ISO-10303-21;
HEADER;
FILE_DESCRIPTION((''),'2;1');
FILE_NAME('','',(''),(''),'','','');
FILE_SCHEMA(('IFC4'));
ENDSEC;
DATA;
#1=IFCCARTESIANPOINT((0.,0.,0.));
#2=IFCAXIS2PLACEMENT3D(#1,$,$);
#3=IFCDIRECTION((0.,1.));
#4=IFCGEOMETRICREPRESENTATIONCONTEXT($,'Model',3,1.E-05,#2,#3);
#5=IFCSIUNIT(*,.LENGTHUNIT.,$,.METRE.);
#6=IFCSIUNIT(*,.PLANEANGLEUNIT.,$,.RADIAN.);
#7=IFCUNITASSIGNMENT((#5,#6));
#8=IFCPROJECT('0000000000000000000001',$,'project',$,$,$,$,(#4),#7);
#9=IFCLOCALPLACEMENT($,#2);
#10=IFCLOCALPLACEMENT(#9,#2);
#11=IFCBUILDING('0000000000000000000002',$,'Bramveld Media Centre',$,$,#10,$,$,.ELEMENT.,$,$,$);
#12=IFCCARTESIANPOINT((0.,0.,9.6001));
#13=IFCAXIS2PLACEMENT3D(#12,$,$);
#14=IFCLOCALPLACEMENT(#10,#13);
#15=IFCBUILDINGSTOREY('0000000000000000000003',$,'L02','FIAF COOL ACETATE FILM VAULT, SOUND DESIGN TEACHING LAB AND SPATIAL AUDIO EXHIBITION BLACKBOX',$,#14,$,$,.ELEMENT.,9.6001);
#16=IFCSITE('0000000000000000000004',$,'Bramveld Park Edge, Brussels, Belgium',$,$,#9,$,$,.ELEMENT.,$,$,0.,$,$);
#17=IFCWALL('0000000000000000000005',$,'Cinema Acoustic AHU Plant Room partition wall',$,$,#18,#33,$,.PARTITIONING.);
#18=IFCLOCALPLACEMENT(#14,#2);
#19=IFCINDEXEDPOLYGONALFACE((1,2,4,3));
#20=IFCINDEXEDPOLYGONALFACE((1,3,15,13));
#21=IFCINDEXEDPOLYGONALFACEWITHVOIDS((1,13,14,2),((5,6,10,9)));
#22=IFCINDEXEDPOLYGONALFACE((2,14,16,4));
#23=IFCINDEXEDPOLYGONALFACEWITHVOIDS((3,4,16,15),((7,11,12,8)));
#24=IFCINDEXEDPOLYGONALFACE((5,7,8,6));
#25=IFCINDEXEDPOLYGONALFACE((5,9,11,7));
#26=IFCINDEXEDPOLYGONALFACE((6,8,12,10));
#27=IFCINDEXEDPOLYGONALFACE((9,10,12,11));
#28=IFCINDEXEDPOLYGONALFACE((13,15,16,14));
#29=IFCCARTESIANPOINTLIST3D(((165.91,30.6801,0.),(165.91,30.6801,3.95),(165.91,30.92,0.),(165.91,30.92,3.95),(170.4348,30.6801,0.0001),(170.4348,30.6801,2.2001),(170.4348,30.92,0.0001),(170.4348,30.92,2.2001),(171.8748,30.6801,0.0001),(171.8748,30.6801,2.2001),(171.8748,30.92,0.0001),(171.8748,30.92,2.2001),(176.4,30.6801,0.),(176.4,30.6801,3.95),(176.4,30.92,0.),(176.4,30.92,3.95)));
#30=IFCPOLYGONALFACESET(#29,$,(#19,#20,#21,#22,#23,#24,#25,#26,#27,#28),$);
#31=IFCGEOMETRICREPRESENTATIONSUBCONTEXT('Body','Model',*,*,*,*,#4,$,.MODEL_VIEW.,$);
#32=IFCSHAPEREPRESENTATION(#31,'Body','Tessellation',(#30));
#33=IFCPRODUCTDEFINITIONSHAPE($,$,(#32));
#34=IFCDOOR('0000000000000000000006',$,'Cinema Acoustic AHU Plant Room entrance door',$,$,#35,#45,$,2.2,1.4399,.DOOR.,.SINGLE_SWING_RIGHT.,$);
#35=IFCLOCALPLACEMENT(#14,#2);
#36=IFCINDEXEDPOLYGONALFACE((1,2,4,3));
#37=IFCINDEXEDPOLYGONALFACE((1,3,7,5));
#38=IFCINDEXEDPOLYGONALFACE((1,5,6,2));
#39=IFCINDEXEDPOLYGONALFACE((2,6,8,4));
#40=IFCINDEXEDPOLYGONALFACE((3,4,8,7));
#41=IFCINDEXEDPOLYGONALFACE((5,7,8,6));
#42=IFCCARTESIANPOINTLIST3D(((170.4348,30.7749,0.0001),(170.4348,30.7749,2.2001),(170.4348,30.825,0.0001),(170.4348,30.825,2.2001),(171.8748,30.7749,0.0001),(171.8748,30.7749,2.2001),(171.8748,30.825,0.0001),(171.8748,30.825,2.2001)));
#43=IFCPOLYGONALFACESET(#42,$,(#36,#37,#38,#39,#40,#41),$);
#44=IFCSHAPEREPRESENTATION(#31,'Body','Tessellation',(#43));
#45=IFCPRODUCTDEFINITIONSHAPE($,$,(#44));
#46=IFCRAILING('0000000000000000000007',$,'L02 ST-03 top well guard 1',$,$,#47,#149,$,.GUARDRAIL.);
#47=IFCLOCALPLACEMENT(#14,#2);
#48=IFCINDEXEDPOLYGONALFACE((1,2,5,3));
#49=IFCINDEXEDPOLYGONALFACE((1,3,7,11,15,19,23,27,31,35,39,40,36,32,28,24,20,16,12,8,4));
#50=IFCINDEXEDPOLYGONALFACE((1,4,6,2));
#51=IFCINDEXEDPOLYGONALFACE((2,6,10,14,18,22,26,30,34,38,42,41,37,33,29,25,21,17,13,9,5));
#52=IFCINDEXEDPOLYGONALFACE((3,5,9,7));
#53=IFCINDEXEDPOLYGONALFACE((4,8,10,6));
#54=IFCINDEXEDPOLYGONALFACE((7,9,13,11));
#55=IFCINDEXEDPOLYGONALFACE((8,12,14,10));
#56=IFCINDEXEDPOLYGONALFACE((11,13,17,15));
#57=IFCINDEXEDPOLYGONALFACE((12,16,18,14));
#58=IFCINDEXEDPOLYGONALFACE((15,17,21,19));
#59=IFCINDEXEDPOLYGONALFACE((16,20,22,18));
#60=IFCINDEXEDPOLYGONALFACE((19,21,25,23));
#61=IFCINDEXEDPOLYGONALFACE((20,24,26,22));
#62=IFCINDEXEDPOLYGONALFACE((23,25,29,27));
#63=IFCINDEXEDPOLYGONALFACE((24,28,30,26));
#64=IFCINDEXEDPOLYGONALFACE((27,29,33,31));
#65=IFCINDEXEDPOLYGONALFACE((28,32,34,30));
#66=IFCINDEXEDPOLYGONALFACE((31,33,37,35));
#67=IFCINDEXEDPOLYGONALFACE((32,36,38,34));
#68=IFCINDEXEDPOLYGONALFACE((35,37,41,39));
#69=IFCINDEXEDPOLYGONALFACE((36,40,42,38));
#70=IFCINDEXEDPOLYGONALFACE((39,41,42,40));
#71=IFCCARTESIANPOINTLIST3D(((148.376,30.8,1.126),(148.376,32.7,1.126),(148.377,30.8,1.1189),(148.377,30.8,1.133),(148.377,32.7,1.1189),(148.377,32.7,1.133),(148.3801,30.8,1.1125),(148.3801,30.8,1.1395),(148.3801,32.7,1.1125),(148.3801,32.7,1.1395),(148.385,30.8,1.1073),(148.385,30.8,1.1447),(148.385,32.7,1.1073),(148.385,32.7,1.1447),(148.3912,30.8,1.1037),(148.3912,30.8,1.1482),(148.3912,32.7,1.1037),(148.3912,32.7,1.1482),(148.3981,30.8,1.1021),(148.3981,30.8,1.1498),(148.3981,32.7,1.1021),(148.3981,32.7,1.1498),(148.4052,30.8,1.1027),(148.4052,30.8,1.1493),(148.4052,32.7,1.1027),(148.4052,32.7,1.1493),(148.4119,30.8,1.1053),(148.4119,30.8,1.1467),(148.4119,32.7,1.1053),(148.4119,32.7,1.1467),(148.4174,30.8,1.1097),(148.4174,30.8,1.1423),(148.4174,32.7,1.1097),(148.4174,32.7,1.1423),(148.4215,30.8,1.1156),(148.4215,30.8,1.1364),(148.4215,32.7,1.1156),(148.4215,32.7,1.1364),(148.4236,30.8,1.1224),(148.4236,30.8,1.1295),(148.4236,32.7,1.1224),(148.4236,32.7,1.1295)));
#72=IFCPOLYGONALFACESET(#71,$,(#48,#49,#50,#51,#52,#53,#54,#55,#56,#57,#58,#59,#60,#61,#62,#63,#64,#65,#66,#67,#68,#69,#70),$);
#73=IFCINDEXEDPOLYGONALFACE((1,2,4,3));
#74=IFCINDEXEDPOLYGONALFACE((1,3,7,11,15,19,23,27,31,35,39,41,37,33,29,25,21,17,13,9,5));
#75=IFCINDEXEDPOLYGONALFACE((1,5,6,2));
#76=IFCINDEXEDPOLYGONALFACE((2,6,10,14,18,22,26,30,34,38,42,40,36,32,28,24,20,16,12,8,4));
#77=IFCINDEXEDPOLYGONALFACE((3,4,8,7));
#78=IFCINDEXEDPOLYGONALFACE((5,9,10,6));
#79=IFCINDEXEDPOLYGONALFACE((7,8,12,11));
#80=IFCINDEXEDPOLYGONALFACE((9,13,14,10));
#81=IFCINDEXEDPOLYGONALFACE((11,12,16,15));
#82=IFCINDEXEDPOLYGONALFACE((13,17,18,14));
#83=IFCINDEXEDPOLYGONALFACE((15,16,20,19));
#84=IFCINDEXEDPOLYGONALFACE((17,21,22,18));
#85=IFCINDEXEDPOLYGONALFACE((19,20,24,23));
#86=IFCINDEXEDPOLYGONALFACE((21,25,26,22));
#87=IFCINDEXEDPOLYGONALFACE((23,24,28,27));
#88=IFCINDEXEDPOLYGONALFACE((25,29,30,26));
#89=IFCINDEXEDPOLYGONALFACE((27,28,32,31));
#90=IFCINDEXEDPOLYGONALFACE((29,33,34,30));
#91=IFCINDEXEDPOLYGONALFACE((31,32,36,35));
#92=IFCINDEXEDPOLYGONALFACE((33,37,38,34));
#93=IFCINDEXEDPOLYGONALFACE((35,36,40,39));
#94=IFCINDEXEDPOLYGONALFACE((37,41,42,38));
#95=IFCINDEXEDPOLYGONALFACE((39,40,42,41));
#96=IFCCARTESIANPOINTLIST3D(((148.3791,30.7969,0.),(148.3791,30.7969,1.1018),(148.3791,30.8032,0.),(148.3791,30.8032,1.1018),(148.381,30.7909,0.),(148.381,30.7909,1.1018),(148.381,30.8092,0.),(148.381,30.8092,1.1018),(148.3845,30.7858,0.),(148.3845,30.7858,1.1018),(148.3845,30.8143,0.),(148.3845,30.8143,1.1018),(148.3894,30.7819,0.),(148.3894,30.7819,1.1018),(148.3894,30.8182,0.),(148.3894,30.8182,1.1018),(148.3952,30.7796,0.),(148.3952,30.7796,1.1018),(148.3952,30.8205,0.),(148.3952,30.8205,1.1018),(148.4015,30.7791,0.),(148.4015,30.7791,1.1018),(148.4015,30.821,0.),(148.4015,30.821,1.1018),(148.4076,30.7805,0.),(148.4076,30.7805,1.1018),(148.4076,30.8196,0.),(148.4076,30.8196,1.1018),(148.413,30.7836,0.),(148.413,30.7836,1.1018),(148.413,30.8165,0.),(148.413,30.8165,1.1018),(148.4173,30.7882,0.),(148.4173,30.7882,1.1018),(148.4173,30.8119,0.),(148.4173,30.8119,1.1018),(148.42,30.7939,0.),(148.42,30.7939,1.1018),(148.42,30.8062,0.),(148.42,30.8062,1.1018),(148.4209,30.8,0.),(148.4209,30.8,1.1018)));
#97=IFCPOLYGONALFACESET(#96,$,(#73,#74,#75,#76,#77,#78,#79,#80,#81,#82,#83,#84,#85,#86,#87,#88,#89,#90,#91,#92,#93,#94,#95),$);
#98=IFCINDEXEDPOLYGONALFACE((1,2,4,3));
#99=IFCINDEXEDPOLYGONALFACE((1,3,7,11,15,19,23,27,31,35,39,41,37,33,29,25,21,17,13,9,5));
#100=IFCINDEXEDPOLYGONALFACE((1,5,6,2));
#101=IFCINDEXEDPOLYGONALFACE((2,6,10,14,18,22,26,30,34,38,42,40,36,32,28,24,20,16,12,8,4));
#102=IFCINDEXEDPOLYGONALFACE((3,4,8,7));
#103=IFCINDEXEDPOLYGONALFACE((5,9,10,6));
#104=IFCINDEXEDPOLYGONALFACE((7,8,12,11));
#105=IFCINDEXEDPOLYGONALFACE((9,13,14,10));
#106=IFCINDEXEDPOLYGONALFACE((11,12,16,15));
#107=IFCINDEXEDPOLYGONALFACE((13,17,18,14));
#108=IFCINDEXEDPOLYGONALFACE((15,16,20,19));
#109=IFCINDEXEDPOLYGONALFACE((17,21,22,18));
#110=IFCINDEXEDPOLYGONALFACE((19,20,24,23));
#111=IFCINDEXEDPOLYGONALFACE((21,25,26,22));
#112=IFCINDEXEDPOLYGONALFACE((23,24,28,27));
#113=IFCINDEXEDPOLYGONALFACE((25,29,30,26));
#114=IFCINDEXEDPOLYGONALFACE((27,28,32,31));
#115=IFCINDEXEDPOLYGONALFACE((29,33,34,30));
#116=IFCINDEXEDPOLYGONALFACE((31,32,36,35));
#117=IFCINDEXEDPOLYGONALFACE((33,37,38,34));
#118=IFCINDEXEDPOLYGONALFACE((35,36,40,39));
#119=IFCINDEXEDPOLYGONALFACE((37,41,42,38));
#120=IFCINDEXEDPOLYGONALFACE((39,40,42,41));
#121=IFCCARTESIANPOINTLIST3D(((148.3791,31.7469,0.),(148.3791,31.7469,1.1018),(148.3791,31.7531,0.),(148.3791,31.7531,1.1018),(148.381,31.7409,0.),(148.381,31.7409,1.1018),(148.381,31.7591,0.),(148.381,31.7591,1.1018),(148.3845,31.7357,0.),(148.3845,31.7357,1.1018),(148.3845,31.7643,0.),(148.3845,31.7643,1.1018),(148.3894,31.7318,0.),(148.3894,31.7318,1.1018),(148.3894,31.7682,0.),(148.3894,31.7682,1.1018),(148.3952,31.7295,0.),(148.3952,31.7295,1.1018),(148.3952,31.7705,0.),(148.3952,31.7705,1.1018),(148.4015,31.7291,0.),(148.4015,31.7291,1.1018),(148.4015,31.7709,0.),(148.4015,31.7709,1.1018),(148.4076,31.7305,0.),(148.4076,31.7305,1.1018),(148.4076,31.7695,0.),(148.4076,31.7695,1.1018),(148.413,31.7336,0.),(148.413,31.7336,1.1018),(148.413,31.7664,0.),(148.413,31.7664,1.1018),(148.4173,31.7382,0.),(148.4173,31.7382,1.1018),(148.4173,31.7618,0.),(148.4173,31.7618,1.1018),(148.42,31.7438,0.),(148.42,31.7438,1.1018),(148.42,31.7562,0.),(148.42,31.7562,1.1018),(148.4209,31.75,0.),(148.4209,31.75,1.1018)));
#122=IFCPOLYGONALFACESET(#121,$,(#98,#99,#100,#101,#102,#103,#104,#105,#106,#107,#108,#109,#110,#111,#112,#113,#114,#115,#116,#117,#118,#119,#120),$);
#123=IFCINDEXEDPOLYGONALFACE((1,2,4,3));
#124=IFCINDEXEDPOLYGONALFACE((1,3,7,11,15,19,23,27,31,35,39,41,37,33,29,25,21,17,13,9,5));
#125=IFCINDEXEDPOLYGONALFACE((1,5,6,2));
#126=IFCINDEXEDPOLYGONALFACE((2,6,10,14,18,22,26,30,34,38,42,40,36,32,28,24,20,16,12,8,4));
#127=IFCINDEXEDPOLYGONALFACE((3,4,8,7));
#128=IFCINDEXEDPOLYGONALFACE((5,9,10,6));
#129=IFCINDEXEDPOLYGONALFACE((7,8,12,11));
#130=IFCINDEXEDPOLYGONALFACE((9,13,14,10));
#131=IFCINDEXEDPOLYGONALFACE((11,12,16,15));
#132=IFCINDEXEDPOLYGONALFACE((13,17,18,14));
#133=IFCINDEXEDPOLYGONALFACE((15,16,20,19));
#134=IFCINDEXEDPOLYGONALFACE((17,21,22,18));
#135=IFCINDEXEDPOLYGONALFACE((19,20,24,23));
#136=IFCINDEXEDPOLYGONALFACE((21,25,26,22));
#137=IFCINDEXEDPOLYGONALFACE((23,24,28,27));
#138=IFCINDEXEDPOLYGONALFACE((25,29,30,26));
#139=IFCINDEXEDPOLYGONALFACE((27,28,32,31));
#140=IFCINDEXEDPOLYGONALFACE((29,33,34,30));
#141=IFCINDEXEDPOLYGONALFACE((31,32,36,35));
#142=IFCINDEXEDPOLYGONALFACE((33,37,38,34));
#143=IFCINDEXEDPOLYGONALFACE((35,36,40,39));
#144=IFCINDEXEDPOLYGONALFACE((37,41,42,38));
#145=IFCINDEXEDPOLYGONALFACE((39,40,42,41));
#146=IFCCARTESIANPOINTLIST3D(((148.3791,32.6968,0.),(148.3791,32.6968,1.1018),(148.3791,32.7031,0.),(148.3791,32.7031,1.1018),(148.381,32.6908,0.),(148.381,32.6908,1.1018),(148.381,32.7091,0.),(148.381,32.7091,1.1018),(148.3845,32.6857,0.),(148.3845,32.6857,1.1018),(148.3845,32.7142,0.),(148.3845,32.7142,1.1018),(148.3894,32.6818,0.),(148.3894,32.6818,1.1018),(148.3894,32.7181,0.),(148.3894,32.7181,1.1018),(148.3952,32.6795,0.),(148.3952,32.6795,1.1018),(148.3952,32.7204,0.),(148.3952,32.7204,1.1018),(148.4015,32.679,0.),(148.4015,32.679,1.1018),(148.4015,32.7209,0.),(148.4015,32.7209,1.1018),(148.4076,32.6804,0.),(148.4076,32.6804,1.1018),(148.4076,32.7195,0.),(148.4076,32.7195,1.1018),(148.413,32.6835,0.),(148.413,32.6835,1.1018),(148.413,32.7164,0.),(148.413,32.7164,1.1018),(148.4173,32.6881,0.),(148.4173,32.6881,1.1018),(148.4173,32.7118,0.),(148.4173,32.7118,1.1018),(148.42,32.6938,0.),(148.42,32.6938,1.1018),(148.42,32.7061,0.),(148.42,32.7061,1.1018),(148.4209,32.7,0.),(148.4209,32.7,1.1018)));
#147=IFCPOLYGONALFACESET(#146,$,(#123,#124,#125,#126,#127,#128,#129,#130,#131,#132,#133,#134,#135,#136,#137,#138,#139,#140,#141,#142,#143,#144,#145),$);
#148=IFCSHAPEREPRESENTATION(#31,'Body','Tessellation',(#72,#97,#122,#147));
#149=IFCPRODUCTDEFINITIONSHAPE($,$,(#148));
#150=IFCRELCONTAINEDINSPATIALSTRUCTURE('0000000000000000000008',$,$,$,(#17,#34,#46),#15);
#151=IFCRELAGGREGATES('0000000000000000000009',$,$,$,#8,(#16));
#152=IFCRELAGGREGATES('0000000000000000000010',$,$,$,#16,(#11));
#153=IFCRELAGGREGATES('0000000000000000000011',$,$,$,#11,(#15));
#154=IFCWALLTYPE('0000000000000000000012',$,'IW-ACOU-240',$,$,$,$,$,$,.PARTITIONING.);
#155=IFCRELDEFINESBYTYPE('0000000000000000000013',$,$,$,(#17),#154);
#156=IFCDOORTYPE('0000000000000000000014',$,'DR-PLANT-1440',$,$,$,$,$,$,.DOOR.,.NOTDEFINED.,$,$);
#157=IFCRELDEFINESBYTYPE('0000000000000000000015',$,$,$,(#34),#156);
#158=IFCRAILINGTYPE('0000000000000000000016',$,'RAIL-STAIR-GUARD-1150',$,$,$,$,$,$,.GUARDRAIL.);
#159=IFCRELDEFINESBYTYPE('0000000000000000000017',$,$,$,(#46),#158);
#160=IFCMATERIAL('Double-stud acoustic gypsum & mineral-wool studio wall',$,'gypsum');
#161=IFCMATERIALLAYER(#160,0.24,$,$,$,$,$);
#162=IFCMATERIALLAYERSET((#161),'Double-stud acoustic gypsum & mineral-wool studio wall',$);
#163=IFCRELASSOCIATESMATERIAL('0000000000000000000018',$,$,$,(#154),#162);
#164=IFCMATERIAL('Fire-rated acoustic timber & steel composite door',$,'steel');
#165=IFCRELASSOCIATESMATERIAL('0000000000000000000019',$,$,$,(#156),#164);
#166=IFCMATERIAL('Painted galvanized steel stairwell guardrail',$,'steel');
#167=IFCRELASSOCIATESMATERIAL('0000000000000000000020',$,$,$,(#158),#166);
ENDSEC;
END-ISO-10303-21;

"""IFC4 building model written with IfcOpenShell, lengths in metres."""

from ifc_helpers import new_model, si_unit, direction, frame, frame_2d, origin, origin_2d, place, context, subcontext, project, spatial, rectangle, circle, extrude, material, layer, layer_set, type_object, element, fill, save


model = new_model("IFC4")

# Units and contexts
model_context = context("Model", 3, precision=1e-05, world=origin(), true_north=direction((0.0, 1.0)))
body_context = subcontext(model_context, "Body", "Model", "MODEL_VIEW")
ifc_project = project(units=[si_unit("LENGTHUNIT", "METRE"), si_unit("PLANEANGLEUNIT", "RADIAN")], contexts=[model_context])

# Site, building, storey
site_placement = place(None, origin())
site = spatial("IfcSite", under=ifc_project, at=site_placement, Name="Bramveld Park Edge, Brussels, Belgium", CompositionType="ELEMENT", RefElevation=0.0)
building_placement = place(site_placement, origin())
building = spatial("IfcBuilding", under=site, at=building_placement, Name="Bramveld Media Centre", CompositionType="ELEMENT")
storey_placement = place(building_placement, frame((0.0, 0.0, 9.6001)))
storey = spatial("IfcBuildingStorey", under=building, at=storey_placement, Name="L02", Description="FIAF COOL ACETATE FILM VAULT, SOUND DESIGN TEACHING LAB AND SPATIAL AUDIO EXHIBITION BLACKBOX", CompositionType="ELEMENT", Elevation=9.6001)

# Wall, opening, door
ifc_material_1 = material(Name="Double-stud acoustic gypsum & mineral-wool studio wall", Category="gypsum")
ifc_layer_1 = layer(ifc_material_1, 0.24)
ifc_layer_set_1 = layer_set([ifc_layer_1], Name="Double-stud acoustic gypsum & mineral-wool studio wall")
wall_type_1 = type_object("IfcWallType", Name="IW-ACOU-240", PredefinedType="PARTITIONING", material=ifc_layer_set_1)
wall_1_placement = place(storey_placement, frame((165.9099, 30.8, 0.0), z_axis=(0.0, 0.0, 1.0), x_axis=(1.0, 0.0, 0.0)))
wall_1 = element("IfcWall", 1, at=wall_1_placement, inside=storey, type_object=wall_type_1, Name="Cinema Acoustic AHU Plant Room partition wall", PredefinedType="PARTITIONING", context=body_context, shape_type="SweptSolid", body=[
    extrude(rectangle(XDim=10.49, YDim=0.24, at=frame_2d((5.2451, 0.0))), origin(), (0.0, 0.0, 1.0), 3.95),
])
opening_1_placement = place(wall_1_placement, frame((4.5249, 0.0, 0.0)))
opening_1 = element("IfcOpeningElement", 2, at=opening_1_placement, cuts=wall_1, PredefinedType="OPENING", context=body_context, shape_type="SweptSolid", body=[
    extrude(rectangle(XDim=1.4399, YDim=2.2, at=frame_2d((0.72, 1.1001))), frame((0.0, 0.1318, 0.0), z_axis=(0.0, -1.0, 0.0), x_axis=(1.0, 0.0, 0.0)), (0.0, 0.0, 1.0), 0.2639),
])
ifc_material_2 = material(Name="Fire-rated acoustic timber & steel composite door", Category="steel")
door_type_1 = type_object("IfcDoorType", Name="DR-PLANT-1440", OperationType="NOTDEFINED", PredefinedType="DOOR", material=ifc_material_2)
door_1_placement = place(opening_1_placement, origin())
door_1 = element("IfcDoor", 3, at=door_1_placement, inside=storey, type_object=door_type_1, Name="Cinema Acoustic AHU Plant Room entrance door", OperationType="SINGLE_SWING_RIGHT", OverallHeight=2.2, OverallWidth=1.4399, PredefinedType="DOOR", context=body_context, shape_type="SweptSolid", body=[
    extrude(rectangle(XDim=1.4399, YDim=2.2, at=frame_2d((0.72, 1.1001))), frame((0.0, 0.0249, 0.0), z_axis=(0.0, -1.0, 0.0), x_axis=(1.0, 0.0, 0.0)), (0.0, 0.0, 1.0), 0.05),
])
fill(opening_1, door_1)

# Railing
ifc_material_3 = material(Name="Painted galvanized steel stairwell guardrail", Category="steel")
railing_type = type_object("IfcRailingType", Name="RAIL-STAIR-GUARD-1150", PredefinedType="GUARDRAIL", material=ifc_material_3)
railing_placement = place(storey_placement, frame((148.3999, 30.8, 0.0)))
element("IfcRailing", 4, at=railing_placement, inside=storey, type_object=railing_type, Name="L02 ST-03 top well guard 1", PredefinedType="GUARDRAIL", context=body_context, shape_type="SweptSolid", body=[
    extrude(circle(Radius=0.0239, at=origin_2d()), frame((0.0, 0.0, 1.126), z_axis=(0.0, 1.0, 0.0), x_axis=(-1.0, 0.0, 0.0)), (0.0, 0.0, 1.0), 1.8999),
    extrude(circle(Radius=0.021, at=origin_2d()), origin(), (0.0, 0.0, 1.0), 1.1018),
    extrude(circle(Radius=0.021, at=origin_2d()), frame((0.0, 0.95, 0.0)), (0.0, 0.0, 1.0), 1.1018),
    extrude(circle(Radius=0.021, at=origin_2d()), frame((0.0, 1.8999, 0.0)), (0.0, 0.0, 1.0), 1.1018),
])

save(model, "model.ifc")
